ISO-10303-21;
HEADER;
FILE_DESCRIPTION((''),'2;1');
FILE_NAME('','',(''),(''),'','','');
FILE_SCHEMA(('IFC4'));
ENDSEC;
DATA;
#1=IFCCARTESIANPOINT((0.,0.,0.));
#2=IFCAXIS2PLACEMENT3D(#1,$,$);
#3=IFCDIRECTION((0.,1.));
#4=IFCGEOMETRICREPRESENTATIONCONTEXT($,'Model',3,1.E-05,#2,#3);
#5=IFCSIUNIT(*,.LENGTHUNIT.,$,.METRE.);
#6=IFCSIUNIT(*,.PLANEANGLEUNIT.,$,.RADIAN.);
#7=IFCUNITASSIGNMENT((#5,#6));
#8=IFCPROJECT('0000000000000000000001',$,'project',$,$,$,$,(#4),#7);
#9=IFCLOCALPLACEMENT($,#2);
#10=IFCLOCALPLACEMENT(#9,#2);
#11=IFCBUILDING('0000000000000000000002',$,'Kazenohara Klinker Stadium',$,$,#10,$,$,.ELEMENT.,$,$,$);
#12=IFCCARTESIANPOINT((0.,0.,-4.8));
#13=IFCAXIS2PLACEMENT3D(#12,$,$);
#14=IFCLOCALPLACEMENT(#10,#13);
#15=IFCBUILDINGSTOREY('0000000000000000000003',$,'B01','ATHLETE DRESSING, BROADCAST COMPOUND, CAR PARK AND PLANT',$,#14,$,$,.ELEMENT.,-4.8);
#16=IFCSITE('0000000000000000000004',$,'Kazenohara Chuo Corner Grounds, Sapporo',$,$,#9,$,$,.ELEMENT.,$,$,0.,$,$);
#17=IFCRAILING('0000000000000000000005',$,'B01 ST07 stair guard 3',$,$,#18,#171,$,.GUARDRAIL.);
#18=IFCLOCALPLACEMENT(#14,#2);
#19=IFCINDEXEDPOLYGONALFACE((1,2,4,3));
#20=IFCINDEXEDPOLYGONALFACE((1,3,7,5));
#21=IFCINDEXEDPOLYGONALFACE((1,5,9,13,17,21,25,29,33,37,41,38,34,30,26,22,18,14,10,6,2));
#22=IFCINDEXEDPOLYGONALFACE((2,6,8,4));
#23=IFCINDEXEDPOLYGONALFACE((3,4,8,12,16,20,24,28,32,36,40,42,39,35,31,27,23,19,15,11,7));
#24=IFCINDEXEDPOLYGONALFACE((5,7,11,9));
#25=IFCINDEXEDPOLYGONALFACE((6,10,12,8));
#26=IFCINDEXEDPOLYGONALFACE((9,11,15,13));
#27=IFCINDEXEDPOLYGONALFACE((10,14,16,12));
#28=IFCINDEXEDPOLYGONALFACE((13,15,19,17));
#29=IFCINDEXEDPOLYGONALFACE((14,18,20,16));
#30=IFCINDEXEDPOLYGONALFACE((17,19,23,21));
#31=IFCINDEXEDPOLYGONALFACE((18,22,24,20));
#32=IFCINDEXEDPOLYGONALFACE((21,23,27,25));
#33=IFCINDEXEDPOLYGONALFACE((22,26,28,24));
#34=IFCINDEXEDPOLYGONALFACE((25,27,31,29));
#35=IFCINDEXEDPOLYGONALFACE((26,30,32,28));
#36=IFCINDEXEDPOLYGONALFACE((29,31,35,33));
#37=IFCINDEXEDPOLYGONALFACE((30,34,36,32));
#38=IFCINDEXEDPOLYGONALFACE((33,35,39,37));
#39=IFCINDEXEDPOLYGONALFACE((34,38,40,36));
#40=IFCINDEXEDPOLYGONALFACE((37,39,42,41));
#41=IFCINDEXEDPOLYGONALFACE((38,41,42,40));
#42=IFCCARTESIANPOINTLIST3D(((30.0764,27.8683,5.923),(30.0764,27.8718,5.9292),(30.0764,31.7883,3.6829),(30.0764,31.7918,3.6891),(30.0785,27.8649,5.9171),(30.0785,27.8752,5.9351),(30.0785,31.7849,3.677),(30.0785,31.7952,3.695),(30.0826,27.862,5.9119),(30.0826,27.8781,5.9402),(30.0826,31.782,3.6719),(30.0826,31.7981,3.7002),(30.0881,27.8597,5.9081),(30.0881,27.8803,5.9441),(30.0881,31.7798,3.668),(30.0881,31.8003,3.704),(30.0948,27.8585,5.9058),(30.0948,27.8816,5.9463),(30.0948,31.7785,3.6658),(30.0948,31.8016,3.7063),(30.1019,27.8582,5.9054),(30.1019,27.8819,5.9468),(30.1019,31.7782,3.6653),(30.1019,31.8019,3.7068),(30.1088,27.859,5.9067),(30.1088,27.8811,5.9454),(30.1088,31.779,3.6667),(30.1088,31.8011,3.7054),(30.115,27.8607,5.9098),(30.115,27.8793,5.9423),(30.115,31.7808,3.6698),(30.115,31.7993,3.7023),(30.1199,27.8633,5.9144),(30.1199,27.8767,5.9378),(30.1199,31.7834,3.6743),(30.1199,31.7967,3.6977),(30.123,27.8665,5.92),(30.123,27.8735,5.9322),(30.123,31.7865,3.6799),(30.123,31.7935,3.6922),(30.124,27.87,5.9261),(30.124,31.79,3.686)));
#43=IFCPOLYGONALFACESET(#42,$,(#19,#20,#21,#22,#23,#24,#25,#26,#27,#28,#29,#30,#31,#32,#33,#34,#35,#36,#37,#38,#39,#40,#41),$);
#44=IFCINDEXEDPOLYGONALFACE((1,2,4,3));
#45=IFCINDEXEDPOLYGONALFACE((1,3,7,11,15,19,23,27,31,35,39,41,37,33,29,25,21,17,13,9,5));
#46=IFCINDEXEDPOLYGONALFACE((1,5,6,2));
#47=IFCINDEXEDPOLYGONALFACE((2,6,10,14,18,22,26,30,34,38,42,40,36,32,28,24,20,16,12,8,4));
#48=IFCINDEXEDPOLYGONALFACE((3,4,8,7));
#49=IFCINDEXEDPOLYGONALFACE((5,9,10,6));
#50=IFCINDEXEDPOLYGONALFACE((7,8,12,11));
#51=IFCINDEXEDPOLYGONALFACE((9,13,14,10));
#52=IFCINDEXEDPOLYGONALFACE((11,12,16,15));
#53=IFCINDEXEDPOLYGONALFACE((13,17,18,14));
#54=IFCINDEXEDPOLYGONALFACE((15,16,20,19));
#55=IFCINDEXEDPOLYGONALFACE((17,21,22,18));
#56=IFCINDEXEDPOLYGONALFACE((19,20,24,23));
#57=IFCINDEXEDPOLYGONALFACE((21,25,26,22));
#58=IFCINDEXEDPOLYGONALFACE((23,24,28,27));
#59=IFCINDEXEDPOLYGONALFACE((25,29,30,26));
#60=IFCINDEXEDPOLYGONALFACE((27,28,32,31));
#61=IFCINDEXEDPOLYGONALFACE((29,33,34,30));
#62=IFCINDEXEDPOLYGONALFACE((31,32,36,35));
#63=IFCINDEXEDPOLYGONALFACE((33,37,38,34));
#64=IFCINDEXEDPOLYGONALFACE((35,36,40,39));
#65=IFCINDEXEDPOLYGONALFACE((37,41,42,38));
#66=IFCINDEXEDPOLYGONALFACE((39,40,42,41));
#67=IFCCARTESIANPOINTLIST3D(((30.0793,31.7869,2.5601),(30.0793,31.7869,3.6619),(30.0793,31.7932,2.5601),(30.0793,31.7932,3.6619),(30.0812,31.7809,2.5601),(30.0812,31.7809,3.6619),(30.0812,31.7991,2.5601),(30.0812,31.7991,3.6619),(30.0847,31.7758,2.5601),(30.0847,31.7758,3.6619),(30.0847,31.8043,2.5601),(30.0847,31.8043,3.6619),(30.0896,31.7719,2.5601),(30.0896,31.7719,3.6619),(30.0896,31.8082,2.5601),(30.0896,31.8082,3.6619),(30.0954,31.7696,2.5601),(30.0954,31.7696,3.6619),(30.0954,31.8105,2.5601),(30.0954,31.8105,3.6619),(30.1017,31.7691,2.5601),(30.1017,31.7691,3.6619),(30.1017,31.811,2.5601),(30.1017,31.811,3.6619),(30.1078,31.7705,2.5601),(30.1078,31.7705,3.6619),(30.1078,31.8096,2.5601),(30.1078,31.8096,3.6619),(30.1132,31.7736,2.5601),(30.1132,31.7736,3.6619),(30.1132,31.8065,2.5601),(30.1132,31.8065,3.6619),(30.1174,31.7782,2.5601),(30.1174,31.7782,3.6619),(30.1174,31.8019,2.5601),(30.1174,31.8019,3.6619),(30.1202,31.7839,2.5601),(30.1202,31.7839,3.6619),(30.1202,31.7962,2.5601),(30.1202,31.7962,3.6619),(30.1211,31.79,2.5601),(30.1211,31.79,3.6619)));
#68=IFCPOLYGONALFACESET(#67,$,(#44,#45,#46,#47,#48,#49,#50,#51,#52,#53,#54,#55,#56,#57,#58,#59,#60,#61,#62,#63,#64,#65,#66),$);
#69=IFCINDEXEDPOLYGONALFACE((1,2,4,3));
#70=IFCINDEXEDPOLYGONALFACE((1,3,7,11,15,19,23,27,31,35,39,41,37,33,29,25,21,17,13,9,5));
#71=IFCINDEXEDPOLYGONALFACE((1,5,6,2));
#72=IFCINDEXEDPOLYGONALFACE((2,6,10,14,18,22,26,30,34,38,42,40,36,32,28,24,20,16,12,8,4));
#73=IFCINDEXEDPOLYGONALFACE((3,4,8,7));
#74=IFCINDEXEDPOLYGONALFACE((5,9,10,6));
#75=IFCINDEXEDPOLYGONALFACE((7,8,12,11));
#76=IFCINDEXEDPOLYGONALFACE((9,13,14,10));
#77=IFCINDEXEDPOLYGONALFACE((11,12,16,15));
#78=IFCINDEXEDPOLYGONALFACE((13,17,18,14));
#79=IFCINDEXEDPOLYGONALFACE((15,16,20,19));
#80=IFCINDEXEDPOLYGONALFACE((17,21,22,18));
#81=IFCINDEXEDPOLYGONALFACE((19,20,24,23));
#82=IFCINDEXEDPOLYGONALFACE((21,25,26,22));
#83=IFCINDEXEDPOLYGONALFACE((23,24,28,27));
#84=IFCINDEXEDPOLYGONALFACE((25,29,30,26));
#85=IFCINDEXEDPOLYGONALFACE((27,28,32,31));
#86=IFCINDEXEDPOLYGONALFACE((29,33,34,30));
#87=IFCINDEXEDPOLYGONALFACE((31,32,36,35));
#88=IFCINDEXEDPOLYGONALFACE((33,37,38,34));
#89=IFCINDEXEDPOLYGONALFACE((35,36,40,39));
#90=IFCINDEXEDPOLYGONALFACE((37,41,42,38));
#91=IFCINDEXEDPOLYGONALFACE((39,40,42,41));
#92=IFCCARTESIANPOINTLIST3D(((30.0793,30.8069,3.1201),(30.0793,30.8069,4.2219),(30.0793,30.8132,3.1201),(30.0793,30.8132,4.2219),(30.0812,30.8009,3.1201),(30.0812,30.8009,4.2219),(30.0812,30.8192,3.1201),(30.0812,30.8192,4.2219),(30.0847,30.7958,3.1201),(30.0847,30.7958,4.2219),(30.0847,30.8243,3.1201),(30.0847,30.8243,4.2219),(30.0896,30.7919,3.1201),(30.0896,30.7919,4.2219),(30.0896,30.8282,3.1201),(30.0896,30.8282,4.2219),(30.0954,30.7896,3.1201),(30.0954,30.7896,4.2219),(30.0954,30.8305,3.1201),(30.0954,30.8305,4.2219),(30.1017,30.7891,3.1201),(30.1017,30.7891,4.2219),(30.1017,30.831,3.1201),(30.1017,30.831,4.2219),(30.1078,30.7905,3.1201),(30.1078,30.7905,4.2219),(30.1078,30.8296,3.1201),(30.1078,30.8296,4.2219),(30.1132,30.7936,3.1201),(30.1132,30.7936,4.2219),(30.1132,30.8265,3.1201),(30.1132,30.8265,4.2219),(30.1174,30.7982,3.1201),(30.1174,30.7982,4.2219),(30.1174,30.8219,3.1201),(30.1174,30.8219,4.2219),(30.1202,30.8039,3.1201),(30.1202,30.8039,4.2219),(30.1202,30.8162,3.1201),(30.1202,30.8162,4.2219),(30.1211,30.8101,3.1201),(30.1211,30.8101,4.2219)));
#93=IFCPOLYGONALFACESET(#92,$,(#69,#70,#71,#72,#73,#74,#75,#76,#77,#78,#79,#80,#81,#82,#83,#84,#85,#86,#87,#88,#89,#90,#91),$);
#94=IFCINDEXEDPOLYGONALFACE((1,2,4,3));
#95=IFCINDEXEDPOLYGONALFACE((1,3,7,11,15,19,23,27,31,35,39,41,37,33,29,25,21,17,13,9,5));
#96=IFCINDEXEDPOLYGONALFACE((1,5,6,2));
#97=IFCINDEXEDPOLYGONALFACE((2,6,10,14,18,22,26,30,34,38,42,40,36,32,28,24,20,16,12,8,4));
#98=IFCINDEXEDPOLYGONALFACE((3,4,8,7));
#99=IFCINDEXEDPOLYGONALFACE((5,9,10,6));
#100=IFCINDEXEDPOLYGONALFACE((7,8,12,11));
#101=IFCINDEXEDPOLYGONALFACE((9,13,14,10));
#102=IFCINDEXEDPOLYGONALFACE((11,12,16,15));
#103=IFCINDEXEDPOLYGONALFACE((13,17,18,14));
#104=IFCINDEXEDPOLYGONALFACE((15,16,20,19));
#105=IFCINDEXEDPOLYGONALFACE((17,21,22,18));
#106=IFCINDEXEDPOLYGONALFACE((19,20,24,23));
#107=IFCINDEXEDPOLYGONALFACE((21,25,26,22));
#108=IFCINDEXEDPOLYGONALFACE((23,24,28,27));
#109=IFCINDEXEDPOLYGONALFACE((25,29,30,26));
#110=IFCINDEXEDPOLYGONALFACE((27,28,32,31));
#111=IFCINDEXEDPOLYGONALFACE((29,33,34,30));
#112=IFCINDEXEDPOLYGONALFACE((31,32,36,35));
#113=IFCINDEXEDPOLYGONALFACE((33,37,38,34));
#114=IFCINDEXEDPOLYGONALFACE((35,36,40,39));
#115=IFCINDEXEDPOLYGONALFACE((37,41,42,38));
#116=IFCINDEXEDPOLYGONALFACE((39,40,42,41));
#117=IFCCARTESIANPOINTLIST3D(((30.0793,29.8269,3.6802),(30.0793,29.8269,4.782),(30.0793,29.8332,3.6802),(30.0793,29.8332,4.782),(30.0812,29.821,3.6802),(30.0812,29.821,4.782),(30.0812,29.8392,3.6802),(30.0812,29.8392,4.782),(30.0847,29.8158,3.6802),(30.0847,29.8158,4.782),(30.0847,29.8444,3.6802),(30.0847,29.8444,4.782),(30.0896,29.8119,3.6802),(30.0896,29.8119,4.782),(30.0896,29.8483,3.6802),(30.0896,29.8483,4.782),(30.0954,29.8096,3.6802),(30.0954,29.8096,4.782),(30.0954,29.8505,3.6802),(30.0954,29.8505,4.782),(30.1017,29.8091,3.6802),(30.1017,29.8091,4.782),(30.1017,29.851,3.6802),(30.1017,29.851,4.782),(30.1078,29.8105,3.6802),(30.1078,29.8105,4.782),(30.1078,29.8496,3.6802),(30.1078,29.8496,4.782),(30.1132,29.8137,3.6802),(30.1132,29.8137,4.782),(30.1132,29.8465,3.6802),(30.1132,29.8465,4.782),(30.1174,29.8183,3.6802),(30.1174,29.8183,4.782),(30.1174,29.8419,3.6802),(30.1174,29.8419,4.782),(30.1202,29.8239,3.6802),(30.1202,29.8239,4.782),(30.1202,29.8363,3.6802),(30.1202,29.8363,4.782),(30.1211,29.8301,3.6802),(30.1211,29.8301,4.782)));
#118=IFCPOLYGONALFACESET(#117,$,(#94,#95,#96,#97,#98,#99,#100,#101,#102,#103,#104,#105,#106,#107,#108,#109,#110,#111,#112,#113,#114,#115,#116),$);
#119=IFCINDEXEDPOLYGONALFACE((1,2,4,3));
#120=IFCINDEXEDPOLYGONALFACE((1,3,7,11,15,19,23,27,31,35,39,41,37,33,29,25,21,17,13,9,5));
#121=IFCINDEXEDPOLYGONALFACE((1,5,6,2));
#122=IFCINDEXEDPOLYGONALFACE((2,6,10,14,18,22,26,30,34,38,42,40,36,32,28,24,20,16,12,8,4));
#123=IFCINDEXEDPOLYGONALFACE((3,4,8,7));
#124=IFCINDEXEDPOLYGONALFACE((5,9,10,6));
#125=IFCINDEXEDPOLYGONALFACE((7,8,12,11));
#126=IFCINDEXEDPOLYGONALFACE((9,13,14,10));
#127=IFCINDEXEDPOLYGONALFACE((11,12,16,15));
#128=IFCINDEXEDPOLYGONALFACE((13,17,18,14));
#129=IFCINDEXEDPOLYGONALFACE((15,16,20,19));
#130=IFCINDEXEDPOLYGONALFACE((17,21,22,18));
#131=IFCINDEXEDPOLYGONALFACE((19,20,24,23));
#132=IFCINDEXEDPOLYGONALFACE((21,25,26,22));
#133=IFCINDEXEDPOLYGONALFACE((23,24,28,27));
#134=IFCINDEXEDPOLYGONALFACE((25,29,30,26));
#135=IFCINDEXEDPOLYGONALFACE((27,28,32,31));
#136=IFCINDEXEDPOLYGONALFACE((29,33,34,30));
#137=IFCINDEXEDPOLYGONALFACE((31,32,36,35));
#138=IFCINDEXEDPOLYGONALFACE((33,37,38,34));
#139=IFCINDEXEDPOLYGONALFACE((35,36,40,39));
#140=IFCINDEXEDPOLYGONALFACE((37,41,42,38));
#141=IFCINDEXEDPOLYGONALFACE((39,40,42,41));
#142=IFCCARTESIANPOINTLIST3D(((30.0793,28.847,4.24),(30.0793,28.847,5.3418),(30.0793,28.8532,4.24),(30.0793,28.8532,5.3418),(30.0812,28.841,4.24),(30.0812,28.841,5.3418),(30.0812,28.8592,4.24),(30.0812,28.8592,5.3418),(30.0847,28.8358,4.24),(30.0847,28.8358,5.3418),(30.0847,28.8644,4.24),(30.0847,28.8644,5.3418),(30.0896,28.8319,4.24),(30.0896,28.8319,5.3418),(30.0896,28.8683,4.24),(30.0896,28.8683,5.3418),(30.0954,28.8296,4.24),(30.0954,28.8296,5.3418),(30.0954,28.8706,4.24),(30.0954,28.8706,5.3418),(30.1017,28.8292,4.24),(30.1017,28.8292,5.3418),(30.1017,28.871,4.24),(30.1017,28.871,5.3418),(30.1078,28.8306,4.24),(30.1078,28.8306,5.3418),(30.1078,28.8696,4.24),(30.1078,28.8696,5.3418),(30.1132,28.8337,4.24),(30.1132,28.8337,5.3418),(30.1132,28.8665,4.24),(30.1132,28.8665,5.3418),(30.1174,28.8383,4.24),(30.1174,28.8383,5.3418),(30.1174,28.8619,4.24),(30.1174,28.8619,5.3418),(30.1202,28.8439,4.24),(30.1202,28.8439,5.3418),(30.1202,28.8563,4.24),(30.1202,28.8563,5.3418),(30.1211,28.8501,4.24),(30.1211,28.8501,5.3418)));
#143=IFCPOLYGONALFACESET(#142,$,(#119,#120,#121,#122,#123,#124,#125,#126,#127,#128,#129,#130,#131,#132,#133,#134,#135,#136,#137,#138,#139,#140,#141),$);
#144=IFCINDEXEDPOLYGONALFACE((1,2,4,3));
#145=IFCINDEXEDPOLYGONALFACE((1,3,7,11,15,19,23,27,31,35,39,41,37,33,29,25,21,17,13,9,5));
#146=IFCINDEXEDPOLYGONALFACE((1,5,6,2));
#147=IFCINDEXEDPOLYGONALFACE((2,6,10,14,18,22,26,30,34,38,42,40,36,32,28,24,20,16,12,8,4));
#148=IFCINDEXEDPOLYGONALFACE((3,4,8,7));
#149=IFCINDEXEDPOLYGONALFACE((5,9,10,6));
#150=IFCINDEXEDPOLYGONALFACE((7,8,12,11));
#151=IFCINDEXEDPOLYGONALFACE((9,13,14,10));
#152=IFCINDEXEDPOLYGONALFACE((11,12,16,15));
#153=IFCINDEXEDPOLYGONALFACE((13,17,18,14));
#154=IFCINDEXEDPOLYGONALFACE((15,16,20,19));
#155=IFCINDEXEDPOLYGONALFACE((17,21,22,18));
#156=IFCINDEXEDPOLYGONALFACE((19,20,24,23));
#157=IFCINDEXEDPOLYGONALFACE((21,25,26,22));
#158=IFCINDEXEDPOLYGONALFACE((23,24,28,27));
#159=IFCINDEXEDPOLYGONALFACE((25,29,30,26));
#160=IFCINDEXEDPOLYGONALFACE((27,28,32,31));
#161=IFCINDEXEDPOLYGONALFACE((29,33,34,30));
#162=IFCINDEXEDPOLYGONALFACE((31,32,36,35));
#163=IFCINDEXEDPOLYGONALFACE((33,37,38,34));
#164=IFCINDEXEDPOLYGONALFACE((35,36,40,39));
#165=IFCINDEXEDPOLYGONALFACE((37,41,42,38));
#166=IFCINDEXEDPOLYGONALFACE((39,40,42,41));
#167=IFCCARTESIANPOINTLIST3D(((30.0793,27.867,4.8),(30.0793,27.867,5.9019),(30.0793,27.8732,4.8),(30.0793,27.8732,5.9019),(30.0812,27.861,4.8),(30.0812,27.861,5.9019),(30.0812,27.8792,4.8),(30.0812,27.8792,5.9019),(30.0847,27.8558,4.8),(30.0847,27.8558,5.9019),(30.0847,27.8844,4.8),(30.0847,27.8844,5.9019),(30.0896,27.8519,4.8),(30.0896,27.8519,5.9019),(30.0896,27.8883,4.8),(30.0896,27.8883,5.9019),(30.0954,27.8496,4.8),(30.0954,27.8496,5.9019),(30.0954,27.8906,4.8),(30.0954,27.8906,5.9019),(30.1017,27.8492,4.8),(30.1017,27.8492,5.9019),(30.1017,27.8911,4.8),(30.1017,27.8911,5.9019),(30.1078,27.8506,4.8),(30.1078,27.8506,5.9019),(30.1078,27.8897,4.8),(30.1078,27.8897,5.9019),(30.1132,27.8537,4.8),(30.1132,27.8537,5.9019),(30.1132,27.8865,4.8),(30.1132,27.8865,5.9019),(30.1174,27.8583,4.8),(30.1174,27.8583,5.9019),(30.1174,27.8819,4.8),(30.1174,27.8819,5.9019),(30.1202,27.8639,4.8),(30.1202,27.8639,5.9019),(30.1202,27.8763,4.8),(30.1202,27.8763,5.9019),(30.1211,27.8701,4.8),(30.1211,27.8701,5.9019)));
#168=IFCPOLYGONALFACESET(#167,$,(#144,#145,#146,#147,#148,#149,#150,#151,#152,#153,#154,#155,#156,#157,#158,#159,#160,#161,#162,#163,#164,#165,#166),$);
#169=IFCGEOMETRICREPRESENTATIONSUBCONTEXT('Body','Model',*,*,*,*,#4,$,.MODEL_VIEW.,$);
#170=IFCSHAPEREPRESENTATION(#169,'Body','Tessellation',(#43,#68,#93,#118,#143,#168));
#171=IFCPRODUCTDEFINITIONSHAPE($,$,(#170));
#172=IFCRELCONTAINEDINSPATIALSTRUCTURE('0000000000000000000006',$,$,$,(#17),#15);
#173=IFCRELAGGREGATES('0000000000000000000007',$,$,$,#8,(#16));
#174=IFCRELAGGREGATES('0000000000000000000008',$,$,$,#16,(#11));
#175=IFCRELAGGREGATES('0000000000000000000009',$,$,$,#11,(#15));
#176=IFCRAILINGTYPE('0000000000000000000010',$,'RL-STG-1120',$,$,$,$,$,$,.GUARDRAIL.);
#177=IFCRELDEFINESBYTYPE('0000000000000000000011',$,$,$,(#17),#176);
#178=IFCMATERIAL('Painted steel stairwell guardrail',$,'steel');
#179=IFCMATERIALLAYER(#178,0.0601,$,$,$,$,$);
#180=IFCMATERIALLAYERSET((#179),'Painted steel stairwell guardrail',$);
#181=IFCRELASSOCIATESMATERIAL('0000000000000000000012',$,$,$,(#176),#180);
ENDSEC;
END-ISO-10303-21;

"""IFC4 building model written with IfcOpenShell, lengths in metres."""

from ifc_helpers import new_model, si_unit, direction, frame, origin, origin_2d, place, context, subcontext, project, spatial, circle, extrude, material, layer, layer_set, type_object, element, save


model = new_model("IFC4")

# Units and contexts
model_context = context("Model", 3, precision=1e-05, world=origin(), true_north=direction((0.0, 1.0)))
body_context = subcontext(model_context, "Body", "Model", "MODEL_VIEW")
ifc_project = project(units=[si_unit("LENGTHUNIT", "METRE"), si_unit("PLANEANGLEUNIT", "RADIAN")], contexts=[model_context])

# Site, building, storey
site_placement = place(None, origin())
site = spatial("IfcSite", under=ifc_project, at=site_placement, Name="Kazenohara Chuo Corner Grounds, Sapporo", CompositionType="ELEMENT", RefElevation=0.0)
building_placement = place(site_placement, origin())
building = spatial("IfcBuilding", under=site, at=building_placement, Name="Kazenohara Klinker Stadium", CompositionType="ELEMENT")
storey_placement = place(building_placement, frame((0.0, 0.0, -4.8)))
storey = spatial("IfcBuildingStorey", under=building, at=storey_placement, Name="B01", Description="ATHLETE DRESSING, BROADCAST COMPOUND, CAR PARK AND PLANT", CompositionType="ELEMENT", Elevation=-4.8)

# Railing
ifc_material_1 = material(Name="Painted steel stairwell guardrail", Category="steel")
ifc_layer_1 = layer(ifc_material_1, 0.0601)
ifc_layer_set_1 = layer_set([ifc_layer_1], Name="Painted steel stairwell guardrail")
railing_type_1 = type_object("IfcRailingType", Name="RL-STG-1120", PredefinedType="GUARDRAIL", material=ifc_layer_set_1)
railing_1_placement = place(storey_placement, frame((30.1001, 31.79, 2.5601)))
element("IfcRailing", 1, at=railing_1_placement, inside=storey, type_object=railing_type_1, Name="B01 ST07 stair guard 3", PredefinedType="GUARDRAIL", context=body_context, shape_type="SweptSolid", body=[
    extrude(circle(Radius=0.0239, at=origin_2d()), frame((0.0, 0.0, 1.126), z_axis=(0.0, -0.86824, 0.496145), x_axis=(1.0, 0.0, 0.0)), (0.0, 0.0, 1.0), 4.5149),
    extrude(circle(Radius=0.021, at=origin_2d()), origin(), (0.0, 0.0, 1.0), 1.1018),
    extrude(circle(Radius=0.021, at=origin_2d()), frame((0.0, -0.98, 0.5601)), (0.0, 0.0, 1.0), 1.1018),
    extrude(circle(Radius=0.021, at=origin_2d()), frame((0.0, -1.96, 1.1201)), (0.0, 0.0, 1.0), 1.1018),
    extrude(circle(Radius=0.021, at=origin_2d()), frame((0.0, -2.9399, 1.6799)), (0.0, 0.0, 1.0), 1.1018),
    extrude(circle(Radius=0.021, at=origin_2d()), frame((0.0, -3.9199, 2.24)), (0.0, 0.0, 1.0), 1.1018),
])

save(model, "model.ifc")
